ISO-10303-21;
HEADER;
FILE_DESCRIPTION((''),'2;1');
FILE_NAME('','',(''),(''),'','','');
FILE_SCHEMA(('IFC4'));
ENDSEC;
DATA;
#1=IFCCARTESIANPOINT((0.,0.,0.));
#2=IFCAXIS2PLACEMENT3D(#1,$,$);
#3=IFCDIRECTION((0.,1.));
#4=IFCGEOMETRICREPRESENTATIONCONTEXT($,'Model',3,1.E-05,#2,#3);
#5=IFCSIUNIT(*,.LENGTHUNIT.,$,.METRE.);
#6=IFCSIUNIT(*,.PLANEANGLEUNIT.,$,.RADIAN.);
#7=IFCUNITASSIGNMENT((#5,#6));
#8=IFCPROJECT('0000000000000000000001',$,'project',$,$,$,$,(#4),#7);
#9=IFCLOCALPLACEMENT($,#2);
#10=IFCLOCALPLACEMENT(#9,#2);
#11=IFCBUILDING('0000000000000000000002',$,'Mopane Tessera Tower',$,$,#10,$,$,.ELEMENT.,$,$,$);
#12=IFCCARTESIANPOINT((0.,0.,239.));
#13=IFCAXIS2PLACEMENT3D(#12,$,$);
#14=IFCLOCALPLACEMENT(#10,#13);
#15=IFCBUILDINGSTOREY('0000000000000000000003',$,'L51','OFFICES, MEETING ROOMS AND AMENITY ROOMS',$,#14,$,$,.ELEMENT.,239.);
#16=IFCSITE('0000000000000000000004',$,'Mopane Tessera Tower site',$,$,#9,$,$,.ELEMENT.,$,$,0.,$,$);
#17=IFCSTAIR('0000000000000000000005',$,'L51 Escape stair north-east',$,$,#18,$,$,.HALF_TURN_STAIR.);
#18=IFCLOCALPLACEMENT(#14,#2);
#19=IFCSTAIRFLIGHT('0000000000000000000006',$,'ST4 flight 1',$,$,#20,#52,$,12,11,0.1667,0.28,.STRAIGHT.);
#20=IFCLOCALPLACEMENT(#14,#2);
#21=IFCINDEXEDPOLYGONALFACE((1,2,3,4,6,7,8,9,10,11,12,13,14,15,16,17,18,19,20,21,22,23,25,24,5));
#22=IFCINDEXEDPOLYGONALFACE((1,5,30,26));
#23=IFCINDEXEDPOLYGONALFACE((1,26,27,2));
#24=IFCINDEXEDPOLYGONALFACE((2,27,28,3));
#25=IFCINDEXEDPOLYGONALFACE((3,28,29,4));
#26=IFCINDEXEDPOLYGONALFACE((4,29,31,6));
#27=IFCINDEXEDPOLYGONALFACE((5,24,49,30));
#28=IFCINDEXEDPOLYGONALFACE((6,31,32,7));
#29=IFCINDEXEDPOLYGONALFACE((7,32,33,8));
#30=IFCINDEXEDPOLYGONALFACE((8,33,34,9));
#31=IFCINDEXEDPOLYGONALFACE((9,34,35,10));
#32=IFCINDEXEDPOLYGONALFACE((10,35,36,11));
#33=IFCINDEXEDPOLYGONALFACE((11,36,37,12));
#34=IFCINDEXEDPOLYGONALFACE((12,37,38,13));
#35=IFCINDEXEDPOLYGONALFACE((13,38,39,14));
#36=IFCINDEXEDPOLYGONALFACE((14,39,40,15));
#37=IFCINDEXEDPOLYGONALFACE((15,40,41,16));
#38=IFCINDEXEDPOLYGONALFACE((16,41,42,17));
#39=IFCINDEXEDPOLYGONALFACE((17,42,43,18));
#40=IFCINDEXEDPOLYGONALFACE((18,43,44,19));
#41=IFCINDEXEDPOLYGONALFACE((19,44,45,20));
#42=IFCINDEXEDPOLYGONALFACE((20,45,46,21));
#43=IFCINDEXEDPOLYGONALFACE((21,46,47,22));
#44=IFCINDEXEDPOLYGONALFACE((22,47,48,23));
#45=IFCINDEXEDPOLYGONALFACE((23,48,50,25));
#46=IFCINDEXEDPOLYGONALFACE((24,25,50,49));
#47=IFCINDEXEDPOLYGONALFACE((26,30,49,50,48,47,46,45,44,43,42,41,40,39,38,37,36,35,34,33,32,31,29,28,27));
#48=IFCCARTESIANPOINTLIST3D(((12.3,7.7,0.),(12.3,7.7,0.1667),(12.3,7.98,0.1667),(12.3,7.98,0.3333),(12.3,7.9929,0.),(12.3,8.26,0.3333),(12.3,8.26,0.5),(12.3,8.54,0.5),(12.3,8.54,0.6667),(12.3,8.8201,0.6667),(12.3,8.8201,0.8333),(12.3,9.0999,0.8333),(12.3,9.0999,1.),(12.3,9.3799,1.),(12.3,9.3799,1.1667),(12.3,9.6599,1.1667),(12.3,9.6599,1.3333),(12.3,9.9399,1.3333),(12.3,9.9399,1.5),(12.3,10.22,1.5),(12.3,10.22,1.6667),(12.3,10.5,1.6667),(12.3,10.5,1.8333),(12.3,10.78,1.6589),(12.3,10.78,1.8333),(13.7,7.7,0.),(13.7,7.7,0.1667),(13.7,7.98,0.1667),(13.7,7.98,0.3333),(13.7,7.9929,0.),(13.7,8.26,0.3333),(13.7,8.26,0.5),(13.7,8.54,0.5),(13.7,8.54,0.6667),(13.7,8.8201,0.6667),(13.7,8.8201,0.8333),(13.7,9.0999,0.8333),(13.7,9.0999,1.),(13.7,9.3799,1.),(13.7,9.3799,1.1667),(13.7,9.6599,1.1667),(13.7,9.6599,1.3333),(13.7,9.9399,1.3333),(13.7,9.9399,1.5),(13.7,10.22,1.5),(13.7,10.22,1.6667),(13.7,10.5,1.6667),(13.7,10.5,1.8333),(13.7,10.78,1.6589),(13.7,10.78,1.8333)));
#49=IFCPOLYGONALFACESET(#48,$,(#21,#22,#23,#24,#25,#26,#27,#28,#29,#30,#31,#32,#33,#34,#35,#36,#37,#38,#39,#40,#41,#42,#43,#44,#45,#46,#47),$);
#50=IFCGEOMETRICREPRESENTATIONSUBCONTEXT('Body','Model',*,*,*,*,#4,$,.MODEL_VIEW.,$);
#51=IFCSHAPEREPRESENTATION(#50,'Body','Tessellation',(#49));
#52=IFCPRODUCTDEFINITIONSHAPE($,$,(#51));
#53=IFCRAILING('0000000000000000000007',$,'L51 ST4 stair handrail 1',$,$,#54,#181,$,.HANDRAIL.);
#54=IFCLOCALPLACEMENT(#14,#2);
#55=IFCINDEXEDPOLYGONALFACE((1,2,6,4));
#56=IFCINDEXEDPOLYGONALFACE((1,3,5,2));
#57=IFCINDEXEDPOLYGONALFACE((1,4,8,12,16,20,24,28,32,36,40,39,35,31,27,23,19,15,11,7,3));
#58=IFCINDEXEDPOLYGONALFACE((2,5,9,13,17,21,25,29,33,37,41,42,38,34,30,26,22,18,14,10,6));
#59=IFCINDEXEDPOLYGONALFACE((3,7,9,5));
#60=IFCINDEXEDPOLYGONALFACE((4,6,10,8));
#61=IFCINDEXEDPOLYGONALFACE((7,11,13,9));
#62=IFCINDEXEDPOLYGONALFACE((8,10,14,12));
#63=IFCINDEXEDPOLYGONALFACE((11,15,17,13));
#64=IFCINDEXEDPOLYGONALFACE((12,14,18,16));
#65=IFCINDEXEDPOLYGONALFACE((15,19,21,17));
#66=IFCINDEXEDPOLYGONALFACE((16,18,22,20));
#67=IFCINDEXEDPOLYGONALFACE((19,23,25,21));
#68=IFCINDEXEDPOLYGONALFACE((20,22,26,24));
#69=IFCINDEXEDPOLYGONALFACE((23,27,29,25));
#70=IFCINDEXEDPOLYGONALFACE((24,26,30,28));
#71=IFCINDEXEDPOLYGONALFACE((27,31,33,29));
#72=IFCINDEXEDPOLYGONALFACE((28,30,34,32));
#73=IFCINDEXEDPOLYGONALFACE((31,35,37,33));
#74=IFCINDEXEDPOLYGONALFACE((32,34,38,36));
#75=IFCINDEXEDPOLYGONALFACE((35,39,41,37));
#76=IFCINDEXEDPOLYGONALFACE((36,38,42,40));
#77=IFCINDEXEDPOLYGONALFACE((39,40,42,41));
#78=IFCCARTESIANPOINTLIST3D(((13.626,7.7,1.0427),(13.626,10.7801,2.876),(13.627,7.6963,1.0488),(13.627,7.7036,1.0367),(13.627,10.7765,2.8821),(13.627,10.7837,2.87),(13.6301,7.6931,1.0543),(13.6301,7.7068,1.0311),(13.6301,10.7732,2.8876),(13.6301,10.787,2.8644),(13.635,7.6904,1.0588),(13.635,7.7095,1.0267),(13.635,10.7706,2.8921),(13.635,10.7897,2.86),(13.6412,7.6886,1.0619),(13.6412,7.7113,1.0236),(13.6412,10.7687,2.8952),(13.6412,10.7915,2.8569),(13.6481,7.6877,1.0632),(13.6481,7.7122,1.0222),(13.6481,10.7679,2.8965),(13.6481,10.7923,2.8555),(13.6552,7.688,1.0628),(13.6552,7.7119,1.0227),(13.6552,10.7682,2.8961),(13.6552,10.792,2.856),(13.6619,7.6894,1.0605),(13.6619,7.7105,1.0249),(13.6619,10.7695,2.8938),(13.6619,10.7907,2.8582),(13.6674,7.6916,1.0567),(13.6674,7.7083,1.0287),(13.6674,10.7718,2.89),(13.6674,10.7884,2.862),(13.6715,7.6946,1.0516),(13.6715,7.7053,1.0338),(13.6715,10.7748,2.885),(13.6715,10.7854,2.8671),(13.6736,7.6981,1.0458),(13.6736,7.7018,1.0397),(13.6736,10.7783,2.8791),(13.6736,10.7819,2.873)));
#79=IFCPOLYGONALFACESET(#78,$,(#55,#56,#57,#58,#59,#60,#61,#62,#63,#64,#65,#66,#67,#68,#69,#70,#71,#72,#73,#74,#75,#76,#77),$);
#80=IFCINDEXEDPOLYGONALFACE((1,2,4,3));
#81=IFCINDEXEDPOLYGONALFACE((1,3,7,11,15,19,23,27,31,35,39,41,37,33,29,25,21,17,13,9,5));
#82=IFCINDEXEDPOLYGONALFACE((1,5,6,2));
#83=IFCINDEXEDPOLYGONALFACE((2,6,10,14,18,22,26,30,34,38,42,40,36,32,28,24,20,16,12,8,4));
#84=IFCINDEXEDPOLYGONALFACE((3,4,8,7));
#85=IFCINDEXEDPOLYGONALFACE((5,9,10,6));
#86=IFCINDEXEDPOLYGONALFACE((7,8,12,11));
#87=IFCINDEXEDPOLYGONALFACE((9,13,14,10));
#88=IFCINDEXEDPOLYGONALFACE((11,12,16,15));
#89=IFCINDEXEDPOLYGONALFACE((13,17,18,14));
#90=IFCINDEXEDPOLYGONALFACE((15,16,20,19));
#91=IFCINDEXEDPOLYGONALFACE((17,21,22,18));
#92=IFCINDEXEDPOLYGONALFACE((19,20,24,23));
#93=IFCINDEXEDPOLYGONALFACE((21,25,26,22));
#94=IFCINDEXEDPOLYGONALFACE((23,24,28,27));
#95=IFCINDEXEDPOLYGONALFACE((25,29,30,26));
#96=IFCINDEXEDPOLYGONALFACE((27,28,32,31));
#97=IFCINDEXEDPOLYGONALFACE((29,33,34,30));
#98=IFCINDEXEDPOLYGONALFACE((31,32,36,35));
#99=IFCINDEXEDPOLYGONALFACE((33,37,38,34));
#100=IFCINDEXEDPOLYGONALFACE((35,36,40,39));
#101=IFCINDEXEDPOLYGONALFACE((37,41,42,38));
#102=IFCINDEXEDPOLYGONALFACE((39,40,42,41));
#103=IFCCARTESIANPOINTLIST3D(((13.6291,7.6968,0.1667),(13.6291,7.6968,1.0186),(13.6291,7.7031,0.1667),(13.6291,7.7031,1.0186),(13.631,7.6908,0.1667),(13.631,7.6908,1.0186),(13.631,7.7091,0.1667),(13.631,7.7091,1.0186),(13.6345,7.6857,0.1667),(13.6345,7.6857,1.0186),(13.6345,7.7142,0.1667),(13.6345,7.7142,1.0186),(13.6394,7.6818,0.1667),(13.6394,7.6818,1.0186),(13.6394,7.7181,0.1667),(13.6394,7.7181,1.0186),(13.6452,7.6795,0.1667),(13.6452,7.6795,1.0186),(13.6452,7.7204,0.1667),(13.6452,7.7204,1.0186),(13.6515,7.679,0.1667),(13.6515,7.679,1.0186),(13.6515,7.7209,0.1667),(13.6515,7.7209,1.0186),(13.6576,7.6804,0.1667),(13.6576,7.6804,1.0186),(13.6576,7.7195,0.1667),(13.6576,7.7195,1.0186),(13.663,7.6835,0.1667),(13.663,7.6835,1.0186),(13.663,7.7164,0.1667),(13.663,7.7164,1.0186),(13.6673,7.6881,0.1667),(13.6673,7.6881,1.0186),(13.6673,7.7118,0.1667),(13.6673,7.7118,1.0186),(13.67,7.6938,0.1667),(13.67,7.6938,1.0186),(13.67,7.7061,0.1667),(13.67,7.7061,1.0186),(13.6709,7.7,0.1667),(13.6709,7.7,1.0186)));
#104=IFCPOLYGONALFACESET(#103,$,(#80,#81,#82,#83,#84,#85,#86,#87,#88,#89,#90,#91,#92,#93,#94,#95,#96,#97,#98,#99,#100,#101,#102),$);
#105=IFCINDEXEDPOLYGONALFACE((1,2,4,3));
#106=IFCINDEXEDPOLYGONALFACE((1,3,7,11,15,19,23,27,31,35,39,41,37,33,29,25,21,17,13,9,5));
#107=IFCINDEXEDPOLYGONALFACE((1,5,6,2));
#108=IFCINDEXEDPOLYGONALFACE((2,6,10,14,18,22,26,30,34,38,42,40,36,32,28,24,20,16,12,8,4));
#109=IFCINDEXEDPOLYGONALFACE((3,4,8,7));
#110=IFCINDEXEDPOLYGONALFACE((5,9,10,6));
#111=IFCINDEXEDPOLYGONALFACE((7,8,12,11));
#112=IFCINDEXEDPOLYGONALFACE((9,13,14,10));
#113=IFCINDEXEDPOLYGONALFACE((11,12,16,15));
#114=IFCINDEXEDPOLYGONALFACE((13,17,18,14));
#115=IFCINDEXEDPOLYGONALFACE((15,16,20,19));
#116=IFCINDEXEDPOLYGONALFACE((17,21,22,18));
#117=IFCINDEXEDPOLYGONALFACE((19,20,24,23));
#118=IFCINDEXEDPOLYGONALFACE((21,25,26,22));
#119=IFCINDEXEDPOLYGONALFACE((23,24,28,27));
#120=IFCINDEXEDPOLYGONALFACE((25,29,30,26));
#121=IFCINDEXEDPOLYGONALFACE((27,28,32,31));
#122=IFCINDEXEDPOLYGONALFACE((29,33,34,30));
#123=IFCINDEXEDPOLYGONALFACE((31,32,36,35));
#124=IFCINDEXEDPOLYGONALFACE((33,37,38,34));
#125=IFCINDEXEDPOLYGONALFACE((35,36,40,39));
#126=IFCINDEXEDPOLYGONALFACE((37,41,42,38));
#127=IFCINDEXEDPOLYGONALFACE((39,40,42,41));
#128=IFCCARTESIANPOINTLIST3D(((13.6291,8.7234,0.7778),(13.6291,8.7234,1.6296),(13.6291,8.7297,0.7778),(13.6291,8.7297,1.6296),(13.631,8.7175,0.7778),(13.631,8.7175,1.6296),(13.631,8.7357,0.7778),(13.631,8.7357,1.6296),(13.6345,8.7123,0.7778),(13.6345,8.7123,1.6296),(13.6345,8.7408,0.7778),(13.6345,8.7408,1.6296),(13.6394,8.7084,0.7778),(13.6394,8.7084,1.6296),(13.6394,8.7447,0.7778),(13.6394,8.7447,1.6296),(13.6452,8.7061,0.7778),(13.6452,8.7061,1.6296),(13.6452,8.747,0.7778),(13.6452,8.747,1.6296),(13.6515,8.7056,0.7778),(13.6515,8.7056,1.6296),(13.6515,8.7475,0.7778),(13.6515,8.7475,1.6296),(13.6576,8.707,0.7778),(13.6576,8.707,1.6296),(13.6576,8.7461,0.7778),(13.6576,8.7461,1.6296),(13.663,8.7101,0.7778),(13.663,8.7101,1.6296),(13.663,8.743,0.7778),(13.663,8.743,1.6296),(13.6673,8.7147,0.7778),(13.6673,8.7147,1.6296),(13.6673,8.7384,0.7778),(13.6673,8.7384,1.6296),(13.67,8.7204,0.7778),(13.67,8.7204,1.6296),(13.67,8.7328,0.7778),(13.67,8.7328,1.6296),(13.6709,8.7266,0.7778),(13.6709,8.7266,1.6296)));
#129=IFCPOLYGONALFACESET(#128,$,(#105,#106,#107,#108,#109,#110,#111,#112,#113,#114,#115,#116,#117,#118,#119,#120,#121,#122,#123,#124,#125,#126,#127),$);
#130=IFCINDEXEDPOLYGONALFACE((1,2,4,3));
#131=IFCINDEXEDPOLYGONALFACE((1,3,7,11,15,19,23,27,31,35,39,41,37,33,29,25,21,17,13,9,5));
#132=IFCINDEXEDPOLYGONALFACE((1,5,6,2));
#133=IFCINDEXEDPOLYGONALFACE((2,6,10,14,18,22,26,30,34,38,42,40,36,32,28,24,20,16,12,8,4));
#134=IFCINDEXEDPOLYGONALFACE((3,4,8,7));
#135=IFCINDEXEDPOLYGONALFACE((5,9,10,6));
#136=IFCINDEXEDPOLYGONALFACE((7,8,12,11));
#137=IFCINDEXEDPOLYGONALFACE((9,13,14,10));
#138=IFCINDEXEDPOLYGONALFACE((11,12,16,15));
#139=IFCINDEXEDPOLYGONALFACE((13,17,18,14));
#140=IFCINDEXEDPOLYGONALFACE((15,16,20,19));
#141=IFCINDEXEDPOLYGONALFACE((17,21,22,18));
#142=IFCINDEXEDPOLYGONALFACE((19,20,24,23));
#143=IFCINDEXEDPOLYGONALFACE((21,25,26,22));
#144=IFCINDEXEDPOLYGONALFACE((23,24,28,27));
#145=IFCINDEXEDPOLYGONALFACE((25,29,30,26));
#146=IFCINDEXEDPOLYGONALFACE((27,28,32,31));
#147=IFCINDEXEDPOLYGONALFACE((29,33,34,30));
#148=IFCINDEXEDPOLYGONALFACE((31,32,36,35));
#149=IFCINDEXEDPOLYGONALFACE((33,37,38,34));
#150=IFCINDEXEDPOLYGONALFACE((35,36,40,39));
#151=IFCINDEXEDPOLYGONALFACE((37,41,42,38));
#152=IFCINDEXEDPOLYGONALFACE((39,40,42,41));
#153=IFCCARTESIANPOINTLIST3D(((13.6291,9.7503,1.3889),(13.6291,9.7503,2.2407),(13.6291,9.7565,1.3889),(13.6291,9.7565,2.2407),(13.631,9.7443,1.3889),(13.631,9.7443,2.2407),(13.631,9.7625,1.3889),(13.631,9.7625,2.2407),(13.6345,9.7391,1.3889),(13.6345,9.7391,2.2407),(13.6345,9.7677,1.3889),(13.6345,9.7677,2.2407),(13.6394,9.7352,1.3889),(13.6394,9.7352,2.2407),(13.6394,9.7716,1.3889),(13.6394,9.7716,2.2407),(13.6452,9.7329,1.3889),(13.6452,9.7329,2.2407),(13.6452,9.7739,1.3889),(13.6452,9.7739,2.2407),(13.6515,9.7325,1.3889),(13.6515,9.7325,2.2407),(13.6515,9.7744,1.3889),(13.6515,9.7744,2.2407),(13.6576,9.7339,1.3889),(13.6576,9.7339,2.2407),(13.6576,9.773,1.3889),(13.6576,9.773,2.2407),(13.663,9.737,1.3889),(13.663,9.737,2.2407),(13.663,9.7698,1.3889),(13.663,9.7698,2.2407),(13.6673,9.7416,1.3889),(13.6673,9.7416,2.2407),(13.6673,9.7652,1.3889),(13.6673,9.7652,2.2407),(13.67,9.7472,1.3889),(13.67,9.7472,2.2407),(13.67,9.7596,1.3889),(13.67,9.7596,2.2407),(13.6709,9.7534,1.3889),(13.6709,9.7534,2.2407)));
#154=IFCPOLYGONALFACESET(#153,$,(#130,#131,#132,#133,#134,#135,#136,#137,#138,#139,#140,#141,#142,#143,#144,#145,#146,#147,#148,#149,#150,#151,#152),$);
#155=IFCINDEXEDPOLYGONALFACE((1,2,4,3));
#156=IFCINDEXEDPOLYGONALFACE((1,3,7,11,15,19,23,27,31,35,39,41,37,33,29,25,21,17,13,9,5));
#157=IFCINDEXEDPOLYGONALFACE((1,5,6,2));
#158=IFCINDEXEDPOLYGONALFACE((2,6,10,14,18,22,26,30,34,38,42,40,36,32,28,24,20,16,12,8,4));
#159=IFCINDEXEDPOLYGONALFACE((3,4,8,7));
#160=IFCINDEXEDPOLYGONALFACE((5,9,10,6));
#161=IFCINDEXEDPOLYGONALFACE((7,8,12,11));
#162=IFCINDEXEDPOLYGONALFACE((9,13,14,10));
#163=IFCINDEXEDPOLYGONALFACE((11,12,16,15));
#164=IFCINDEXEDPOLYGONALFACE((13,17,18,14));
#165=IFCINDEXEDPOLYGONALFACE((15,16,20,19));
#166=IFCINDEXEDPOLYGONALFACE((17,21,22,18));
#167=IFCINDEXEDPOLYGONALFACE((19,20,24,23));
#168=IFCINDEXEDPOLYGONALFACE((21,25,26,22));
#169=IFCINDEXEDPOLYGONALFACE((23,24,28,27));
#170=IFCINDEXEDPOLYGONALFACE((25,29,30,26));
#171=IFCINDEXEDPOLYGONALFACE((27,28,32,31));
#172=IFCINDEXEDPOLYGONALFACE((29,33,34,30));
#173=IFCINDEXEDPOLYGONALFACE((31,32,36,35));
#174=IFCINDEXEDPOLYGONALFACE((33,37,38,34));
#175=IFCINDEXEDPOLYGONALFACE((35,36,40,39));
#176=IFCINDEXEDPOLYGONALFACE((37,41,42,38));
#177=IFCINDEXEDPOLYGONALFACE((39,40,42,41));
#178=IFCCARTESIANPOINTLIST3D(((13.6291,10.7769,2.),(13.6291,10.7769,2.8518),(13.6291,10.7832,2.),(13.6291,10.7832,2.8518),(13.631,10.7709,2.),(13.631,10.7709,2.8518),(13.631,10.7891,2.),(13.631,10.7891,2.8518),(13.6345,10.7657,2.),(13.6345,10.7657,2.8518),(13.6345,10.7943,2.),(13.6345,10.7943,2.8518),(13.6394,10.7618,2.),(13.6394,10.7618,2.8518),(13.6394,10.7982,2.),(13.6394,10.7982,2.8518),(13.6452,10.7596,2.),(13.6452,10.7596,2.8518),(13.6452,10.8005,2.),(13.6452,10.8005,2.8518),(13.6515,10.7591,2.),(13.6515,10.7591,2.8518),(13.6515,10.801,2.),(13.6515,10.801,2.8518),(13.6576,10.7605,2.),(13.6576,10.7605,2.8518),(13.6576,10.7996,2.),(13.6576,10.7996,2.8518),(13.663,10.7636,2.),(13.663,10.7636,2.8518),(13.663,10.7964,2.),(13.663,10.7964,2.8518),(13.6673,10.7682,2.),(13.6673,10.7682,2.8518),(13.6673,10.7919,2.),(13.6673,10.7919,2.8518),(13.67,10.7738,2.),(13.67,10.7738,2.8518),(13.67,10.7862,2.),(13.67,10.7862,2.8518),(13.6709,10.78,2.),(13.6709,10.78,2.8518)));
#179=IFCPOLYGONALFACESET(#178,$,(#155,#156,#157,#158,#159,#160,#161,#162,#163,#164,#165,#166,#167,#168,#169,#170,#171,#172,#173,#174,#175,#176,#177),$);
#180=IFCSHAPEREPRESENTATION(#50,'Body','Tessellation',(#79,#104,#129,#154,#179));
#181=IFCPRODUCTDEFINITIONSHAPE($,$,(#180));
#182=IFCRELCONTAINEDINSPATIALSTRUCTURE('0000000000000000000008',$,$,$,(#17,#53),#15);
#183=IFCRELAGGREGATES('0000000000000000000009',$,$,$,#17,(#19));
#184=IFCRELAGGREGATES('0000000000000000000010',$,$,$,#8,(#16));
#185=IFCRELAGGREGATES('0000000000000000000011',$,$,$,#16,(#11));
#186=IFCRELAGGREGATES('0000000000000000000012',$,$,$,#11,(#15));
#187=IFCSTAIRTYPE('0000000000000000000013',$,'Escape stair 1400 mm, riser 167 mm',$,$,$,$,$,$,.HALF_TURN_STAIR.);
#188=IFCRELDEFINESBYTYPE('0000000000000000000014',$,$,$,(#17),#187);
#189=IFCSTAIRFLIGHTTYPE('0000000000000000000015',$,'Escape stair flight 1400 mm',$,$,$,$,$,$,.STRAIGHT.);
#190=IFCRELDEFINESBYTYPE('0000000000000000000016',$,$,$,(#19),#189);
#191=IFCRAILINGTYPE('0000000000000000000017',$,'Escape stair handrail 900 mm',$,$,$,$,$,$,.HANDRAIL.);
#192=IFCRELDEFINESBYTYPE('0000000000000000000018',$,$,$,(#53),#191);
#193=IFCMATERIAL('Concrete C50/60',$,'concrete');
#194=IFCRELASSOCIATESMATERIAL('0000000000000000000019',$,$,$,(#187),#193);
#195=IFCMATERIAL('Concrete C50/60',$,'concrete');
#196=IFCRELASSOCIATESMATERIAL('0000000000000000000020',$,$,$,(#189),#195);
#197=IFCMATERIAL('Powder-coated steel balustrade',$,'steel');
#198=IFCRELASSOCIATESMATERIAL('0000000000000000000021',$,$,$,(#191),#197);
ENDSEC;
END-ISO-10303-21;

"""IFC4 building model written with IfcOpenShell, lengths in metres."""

from ifc_helpers import new_model, si_unit, direction, frame, origin, origin_2d, place, context, subcontext, project, spatial, polyline, circle, outline, extrude, material, type_object, element, aggregate, save


model = new_model("IFC4")

# Units and contexts
model_context = context("Model", 3, precision=1e-05, world=origin(), true_north=direction((0.0, 1.0)))
body_context = subcontext(model_context, "Body", "Model", "MODEL_VIEW")
ifc_project = project(units=[si_unit("LENGTHUNIT", "METRE"), si_unit("PLANEANGLEUNIT", "RADIAN")], contexts=[model_context])

# Site, building, storey
site_placement = place(None, origin())
site = spatial("IfcSite", under=ifc_project, at=site_placement, Name="Mopane Tessera Tower site", CompositionType="ELEMENT", RefElevation=0.0)
building_placement = place(site_placement, origin())
building = spatial("IfcBuilding", under=site, at=building_placement, Name="Mopane Tessera Tower", CompositionType="ELEMENT")
storey_placement = place(building_placement, frame((0.0, 0.0, 239.0)))
storey = spatial("IfcBuildingStorey", under=building, at=storey_placement, Name="L51", Description="OFFICES, MEETING ROOMS AND AMENITY ROOMS", CompositionType="ELEMENT", Elevation=239.0)

# Stair, stair flight
ifc_material_1 = material(Name="Concrete C50/60", Category="concrete")
stair_type = type_object("IfcStairType", Name="Escape stair 1400 mm, riser 167 mm", PredefinedType="HALF_TURN_STAIR", material=ifc_material_1)
stair_placement = place(storey_placement, origin())
stair = element("IfcStair", 1, at=stair_placement, inside=storey, type_object=stair_type, Name="L51 Escape stair north-east", PredefinedType="HALF_TURN_STAIR")
ifc_material_2 = material(Name="Concrete C50/60", Category="concrete")
stair_flight_type = type_object("IfcStairFlightType", Name="Escape stair flight 1400 mm", PredefinedType="STRAIGHT", material=ifc_material_2)
stair_flight_placement = place(storey_placement, frame((13.0, 7.7, 0.0), z_axis=(0.0, 0.0, 1.0), x_axis=(0.0, 1.0, 0.0)))
stair_flight = element("IfcStairFlight", 2, at=stair_flight_placement, type_object=stair_flight_type, Name="ST4 flight 1", NumberOfRisers=12, NumberOfTreads=11, PredefinedType="STRAIGHT", RiserHeight=0.1667, TreadLength=0.28, context=body_context, shape_type="SweptSolid", body=[
    extrude(outline(polyline([(0.0, 0.0), (0.0, 0.1667), (0.28, 0.1667), (0.28, 0.3333), (0.5601, 0.3333), (0.5601, 0.5), (0.8401, 0.5), (0.8401, 0.6667), (1.1201, 0.6667), (1.1201, 0.8333), (1.3999, 0.8333), (1.3999, 1.0), (1.6799, 1.0), (1.6799, 1.1667), (1.96, 1.1667), (1.96, 1.3333), (2.24, 1.3333), (2.24, 1.5), (2.52, 1.5), (2.52, 1.6667), (2.8, 1.6667), (2.8, 1.8333), (3.0801, 1.8333), (3.0801, 2.0), (3.0801, 1.6589), (0.293, 0.0), (0.0, 0.0)])), frame((0.0, 0.7, 0.0), z_axis=(0.0, -1.0, 0.0), x_axis=(1.0, 0.0, 0.0)), (0.0, 0.0, 1.0), 1.3999),
])
aggregate(stair, [stair_flight])

# Railing
ifc_material_3 = material(Name="Powder-coated steel balustrade", Category="steel")
railing_type_1 = type_object("IfcRailingType", Name="Escape stair handrail 900 mm", PredefinedType="HANDRAIL", material=ifc_material_3)
railing_1_placement = place(storey_placement, frame((13.6499, 7.7, 0.1667)))
element("IfcRailing", 3, at=railing_1_placement, inside=storey, type_object=railing_type_1, Name="L51 ST4 stair handrail 1", PredefinedType="HANDRAIL", context=body_context, shape_type="SweptSolid", body=[
    extrude(circle(Radius=0.0239, at=origin_2d()), frame((0.0, 0.0, 0.876), z_axis=(0.0, 0.859309, 0.511458), x_axis=(-1.0, 0.0, 0.0)), (0.0, 0.0, 1.0), 3.5845),
    extrude(circle(Radius=0.021, at=origin_2d()), origin(), (0.0, 0.0, 1.0), 0.8518),
    extrude(circle(Radius=0.021, at=origin_2d()), frame((0.0, 1.0266, 0.6111)), (0.0, 0.0, 1.0), 0.8518),
    extrude(circle(Radius=0.021, at=origin_2d()), frame((0.0, 2.0535, 1.2222)), (0.0, 0.0, 1.0), 0.8518),
    extrude(circle(Radius=0.021, at=origin_2d()), frame((0.0, 3.0801, 1.8333)), (0.0, 0.0, 1.0), 0.8518),
])

save(model, "model.ifc")
